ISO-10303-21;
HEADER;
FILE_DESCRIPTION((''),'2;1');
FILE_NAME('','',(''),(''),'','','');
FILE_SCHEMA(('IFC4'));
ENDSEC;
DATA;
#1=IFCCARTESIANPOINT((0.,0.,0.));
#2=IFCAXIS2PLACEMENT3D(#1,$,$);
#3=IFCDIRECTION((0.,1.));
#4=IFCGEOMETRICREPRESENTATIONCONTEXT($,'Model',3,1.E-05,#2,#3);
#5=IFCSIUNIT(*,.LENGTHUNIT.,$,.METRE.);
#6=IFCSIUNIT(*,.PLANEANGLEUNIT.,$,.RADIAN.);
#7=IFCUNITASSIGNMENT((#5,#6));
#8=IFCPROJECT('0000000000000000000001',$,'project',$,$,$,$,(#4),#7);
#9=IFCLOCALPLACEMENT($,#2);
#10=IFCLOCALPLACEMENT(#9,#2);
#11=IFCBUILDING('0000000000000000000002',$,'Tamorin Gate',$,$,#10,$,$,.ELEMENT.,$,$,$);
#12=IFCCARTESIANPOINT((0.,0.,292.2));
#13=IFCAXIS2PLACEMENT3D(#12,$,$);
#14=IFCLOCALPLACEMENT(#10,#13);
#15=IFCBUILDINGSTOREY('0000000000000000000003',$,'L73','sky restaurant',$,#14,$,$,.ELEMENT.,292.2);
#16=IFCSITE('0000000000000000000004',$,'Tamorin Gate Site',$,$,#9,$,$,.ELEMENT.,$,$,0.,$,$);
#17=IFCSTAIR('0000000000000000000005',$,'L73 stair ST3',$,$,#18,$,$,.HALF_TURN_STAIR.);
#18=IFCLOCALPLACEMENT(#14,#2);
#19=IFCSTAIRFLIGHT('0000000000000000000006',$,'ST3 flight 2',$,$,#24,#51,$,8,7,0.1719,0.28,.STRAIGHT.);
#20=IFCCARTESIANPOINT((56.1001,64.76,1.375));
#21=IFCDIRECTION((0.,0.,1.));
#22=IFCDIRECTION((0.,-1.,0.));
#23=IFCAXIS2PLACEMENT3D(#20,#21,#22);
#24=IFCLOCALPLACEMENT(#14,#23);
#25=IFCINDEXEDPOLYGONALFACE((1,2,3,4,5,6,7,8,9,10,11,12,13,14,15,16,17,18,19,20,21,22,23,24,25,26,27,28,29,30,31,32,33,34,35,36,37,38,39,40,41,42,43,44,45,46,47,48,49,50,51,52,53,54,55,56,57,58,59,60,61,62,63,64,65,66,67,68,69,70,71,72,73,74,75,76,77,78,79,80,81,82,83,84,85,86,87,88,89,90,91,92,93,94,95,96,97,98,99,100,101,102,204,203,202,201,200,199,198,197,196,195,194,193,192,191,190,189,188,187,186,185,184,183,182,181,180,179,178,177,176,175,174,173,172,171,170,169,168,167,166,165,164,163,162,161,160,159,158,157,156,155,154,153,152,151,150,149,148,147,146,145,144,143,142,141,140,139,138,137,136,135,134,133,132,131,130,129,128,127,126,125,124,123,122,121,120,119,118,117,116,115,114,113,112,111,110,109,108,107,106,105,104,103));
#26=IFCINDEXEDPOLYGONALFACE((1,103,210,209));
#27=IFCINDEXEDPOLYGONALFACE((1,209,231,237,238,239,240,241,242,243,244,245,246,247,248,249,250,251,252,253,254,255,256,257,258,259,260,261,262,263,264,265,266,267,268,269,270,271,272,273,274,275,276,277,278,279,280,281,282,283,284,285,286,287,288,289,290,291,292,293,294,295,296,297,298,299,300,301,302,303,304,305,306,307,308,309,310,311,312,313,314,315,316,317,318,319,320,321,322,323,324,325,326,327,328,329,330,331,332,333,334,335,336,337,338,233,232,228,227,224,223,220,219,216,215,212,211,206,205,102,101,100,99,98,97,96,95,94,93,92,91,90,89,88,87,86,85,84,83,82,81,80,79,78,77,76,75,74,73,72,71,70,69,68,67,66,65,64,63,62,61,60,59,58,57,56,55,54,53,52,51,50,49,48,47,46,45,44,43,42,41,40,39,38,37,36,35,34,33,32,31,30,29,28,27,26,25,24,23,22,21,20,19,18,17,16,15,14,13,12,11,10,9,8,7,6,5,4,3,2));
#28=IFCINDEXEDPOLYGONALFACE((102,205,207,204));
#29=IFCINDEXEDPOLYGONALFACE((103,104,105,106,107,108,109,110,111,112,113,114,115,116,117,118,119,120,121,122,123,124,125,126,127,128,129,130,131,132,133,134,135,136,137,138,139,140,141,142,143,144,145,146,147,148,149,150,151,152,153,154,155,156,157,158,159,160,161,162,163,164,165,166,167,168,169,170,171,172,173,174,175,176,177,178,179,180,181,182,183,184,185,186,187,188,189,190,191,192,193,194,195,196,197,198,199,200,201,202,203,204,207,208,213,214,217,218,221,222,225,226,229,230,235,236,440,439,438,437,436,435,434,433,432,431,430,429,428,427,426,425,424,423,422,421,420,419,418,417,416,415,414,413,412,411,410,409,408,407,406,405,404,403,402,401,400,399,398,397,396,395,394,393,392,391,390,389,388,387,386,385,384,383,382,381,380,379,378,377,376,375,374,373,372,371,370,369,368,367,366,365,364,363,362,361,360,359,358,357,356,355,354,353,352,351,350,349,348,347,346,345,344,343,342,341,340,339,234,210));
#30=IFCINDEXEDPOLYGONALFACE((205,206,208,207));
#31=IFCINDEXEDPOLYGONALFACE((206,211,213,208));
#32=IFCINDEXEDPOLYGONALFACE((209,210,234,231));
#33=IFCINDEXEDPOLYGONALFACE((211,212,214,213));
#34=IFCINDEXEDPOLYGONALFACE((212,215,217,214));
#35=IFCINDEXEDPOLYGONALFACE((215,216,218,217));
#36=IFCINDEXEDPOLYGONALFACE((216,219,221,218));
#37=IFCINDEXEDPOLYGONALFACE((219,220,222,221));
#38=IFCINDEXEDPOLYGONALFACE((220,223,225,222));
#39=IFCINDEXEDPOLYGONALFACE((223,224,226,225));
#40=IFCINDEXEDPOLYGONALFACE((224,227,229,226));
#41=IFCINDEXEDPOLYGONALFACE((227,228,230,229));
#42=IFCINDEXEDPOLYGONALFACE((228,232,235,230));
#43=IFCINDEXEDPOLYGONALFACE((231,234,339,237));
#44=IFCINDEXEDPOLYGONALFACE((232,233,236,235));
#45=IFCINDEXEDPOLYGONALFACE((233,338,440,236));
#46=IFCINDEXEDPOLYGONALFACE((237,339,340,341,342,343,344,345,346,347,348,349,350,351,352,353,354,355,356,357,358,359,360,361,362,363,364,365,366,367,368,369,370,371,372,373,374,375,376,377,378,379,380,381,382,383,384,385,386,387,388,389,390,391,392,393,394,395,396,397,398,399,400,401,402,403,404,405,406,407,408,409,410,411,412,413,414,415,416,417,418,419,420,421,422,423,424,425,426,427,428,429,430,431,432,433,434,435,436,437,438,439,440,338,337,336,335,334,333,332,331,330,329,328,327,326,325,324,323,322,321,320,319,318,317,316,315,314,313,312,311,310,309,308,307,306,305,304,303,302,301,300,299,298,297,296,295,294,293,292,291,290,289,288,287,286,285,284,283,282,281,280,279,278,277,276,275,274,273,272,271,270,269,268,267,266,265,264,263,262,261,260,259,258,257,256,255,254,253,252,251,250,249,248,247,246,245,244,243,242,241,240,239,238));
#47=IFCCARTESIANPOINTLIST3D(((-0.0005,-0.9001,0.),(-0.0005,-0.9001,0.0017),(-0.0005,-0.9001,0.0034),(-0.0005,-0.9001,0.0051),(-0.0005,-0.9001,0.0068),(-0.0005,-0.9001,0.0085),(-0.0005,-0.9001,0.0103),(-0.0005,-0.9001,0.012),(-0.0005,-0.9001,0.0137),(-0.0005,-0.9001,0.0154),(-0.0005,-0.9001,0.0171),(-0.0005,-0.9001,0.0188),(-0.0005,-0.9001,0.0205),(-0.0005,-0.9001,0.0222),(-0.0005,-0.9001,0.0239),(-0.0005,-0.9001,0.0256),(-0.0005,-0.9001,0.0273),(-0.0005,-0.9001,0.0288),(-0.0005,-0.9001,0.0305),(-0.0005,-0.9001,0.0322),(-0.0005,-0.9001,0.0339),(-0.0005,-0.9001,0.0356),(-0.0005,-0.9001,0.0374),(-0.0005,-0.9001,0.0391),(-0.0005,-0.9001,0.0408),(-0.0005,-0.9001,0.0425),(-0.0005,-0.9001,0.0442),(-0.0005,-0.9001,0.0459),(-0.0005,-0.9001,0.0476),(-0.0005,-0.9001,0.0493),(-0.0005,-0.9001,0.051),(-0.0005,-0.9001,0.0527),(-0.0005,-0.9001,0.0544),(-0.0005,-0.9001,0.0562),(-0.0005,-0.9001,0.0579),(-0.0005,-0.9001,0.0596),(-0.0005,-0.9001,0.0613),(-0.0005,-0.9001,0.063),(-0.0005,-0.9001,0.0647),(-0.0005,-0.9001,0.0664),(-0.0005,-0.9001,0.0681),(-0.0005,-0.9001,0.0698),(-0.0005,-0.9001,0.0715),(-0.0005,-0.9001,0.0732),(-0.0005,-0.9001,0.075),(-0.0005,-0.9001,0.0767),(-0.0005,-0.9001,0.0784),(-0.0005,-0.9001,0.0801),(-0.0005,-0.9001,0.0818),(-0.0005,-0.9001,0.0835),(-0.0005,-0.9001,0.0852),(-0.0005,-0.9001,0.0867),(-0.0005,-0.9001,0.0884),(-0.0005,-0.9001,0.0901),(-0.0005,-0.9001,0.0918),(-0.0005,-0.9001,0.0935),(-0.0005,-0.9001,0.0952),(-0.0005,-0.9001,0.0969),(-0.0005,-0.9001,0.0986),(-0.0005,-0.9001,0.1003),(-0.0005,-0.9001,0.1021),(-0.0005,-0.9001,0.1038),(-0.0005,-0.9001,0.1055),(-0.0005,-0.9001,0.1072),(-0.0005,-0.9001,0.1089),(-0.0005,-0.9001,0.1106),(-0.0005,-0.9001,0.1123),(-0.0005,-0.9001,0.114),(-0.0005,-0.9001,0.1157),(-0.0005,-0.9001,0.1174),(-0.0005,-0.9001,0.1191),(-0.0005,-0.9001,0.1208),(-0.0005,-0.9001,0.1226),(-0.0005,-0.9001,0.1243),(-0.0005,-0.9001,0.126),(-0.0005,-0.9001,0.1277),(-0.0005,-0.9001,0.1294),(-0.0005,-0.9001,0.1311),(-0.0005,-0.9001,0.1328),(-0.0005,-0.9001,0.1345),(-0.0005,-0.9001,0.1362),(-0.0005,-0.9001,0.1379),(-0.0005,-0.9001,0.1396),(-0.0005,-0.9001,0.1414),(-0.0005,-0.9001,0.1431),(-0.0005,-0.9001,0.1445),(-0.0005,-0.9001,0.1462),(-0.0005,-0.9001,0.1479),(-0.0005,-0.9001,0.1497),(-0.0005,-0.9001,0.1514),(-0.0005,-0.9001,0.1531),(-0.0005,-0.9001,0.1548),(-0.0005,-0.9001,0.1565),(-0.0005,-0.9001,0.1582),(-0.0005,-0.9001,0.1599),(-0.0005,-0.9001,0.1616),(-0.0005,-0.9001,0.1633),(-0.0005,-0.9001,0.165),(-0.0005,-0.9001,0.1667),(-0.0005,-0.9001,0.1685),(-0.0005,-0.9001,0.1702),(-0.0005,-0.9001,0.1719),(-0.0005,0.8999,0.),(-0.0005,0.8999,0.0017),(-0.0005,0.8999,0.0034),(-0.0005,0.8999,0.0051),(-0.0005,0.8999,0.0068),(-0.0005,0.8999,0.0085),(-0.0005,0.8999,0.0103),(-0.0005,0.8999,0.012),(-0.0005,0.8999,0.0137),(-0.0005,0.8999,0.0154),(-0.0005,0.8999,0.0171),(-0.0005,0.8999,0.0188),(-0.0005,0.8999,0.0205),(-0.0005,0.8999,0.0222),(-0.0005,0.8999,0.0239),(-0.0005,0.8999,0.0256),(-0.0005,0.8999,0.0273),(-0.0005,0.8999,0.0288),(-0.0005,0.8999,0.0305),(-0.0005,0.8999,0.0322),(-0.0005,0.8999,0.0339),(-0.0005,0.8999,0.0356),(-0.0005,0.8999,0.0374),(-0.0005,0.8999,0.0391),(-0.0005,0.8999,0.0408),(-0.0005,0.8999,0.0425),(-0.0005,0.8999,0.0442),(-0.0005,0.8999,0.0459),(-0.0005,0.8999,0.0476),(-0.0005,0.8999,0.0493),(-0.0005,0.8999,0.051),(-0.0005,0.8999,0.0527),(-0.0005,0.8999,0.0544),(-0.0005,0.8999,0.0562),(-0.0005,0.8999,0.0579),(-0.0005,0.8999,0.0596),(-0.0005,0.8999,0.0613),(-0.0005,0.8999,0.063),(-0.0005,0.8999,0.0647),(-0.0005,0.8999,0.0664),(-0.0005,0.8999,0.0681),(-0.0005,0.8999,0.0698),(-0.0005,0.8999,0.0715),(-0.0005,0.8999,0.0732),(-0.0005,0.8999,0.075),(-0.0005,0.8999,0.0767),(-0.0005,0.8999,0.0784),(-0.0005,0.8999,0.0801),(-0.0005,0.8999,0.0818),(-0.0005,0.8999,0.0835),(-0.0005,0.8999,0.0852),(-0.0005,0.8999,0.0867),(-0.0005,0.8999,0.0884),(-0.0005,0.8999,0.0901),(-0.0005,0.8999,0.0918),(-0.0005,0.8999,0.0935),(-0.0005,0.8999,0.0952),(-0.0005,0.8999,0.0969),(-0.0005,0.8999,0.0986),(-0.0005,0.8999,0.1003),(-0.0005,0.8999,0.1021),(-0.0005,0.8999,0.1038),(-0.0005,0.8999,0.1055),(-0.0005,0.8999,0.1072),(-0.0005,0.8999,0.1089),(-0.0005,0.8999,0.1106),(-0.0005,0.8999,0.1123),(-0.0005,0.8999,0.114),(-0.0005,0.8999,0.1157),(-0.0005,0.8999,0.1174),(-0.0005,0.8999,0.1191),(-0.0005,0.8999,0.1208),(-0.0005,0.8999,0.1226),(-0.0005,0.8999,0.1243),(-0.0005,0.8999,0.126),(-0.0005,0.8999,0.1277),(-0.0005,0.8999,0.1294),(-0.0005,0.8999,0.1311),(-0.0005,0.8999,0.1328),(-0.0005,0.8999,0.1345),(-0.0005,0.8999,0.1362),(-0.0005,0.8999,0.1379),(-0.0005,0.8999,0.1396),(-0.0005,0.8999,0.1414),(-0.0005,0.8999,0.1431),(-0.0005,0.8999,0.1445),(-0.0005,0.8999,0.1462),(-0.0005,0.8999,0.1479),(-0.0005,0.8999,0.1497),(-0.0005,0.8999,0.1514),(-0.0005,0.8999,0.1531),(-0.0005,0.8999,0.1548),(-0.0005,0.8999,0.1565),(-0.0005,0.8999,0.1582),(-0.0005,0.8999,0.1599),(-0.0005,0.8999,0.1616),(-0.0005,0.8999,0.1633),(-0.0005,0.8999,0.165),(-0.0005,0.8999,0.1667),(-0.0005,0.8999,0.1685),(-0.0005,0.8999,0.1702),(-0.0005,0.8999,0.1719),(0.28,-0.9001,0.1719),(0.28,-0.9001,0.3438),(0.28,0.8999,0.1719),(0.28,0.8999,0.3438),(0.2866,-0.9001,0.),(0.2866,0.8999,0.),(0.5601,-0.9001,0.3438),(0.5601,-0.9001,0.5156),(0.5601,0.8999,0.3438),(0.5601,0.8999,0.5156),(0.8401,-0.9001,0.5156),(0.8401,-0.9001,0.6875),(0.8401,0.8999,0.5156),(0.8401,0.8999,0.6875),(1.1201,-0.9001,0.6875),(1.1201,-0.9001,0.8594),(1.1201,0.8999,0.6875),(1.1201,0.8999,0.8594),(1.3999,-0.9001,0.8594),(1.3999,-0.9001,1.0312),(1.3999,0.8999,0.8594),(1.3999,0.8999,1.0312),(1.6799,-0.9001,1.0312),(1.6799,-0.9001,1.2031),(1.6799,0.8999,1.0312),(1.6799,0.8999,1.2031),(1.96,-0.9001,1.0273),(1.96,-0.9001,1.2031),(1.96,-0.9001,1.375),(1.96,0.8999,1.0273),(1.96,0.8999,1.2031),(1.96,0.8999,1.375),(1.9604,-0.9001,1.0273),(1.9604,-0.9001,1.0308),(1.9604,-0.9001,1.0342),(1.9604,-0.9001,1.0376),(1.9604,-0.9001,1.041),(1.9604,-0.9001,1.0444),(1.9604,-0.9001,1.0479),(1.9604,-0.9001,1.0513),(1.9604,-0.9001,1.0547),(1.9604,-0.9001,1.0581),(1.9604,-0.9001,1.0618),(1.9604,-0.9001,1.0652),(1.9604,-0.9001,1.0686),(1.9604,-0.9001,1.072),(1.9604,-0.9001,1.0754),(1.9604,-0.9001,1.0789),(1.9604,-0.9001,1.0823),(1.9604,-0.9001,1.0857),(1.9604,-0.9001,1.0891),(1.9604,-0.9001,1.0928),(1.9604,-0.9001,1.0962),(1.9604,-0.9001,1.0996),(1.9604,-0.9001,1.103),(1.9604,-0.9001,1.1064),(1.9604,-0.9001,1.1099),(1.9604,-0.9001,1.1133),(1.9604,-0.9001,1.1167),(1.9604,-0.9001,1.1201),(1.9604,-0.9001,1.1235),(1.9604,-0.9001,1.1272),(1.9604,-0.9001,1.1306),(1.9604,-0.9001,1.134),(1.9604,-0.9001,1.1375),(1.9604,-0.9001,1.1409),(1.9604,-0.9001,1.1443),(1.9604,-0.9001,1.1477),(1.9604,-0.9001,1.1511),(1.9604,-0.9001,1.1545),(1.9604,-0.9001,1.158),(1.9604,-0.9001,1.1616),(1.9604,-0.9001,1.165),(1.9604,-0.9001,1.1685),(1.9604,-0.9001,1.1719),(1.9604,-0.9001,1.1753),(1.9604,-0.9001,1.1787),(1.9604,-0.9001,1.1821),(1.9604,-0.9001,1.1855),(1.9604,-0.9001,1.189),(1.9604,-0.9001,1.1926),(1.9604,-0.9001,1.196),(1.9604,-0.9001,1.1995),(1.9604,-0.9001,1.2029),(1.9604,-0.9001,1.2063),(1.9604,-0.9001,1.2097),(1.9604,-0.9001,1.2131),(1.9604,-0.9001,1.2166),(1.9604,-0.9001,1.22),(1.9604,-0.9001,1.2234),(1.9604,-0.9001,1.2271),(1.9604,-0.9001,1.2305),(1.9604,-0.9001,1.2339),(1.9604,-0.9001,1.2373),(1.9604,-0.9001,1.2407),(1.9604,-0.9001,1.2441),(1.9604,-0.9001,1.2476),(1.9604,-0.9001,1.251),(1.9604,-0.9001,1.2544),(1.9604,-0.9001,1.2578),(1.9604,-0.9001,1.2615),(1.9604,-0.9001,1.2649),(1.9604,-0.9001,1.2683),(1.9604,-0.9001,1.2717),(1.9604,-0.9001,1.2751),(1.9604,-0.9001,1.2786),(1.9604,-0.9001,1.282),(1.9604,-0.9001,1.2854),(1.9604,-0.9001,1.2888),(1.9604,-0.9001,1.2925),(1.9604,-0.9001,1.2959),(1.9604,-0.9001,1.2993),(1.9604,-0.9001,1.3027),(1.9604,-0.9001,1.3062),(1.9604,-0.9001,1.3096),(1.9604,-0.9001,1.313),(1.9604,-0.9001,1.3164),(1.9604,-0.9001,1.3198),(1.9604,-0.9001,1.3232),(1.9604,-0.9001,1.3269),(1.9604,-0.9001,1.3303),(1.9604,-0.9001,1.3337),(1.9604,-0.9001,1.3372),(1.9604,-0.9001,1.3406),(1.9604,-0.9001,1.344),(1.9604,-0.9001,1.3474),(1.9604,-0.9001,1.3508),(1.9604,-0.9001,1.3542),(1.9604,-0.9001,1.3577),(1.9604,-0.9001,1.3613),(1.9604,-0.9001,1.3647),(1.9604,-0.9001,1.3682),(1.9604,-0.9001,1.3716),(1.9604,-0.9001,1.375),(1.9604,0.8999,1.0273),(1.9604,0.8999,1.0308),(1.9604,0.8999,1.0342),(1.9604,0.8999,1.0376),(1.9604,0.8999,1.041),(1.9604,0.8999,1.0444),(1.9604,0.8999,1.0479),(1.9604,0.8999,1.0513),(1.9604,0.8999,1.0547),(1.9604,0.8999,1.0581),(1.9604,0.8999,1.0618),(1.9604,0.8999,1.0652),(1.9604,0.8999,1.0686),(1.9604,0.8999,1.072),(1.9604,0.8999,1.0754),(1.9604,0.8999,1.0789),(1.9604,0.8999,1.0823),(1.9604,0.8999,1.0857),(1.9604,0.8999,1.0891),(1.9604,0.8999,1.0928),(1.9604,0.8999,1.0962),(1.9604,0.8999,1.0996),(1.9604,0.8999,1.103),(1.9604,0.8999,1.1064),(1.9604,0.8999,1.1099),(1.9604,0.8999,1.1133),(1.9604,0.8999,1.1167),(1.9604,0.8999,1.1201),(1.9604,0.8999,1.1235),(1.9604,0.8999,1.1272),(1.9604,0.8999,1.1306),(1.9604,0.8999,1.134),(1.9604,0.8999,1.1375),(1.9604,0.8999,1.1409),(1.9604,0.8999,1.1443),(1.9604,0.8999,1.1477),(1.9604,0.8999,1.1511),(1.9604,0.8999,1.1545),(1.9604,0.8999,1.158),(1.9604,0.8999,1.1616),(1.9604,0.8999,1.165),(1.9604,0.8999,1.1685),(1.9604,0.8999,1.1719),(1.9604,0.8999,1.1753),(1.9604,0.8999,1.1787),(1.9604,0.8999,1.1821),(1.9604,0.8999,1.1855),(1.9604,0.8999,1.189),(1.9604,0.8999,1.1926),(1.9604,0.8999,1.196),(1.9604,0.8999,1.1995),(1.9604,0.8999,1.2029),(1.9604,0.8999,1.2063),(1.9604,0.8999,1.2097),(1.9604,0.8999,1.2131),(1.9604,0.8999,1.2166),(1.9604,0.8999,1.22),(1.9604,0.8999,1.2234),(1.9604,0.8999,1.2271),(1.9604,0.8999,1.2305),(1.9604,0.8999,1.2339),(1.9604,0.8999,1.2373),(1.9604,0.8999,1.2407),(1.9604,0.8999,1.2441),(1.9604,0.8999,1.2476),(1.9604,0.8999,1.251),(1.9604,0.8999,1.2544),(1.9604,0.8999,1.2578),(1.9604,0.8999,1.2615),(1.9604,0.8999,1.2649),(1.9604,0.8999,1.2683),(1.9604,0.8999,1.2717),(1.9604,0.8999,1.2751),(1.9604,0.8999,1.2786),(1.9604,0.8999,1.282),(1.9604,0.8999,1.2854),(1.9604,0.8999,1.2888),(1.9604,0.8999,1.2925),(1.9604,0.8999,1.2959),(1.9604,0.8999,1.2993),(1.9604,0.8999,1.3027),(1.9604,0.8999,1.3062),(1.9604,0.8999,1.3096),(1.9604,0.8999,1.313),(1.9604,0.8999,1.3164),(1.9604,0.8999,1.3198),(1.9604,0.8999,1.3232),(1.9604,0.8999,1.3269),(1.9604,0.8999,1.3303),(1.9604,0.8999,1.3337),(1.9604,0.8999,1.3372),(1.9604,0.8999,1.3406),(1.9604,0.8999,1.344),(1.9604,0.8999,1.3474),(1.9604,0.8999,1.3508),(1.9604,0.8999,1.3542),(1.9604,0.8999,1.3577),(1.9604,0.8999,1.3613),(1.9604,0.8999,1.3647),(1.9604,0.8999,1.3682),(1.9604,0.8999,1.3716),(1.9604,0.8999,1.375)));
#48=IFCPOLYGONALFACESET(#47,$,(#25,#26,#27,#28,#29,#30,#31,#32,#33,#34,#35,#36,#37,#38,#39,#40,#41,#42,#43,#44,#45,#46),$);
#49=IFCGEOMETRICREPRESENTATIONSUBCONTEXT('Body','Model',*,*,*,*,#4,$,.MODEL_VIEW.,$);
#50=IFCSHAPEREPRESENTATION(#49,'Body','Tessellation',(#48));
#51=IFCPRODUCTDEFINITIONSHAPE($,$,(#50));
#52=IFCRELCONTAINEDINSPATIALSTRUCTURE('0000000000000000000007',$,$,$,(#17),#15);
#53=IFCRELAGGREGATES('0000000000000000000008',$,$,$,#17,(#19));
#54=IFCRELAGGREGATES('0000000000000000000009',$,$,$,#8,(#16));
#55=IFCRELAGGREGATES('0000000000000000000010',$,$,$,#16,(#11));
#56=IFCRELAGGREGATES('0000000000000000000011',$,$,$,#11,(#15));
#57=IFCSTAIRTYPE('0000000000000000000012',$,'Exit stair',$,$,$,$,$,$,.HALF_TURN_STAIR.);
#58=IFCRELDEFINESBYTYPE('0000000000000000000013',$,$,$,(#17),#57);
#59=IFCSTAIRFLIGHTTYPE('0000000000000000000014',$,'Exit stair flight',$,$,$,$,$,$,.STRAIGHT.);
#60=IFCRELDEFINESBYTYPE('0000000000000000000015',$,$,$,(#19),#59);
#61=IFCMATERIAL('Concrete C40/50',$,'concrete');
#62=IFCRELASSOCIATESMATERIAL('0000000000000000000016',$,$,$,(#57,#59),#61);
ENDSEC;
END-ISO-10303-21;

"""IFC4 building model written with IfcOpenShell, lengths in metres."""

from ifc_helpers import new_model, si_unit, direction, frame, origin, place, context, subcontext, project, spatial, polyline, outline, extrude, material, type_object, element, aggregate, save


model = new_model("IFC4")

# Units and contexts
model_context = context("Model", 3, precision=1e-05, world=origin(), true_north=direction((0.0, 1.0)))
body_context = subcontext(model_context, "Body", "Model", "MODEL_VIEW")
ifc_project = project(units=[si_unit("LENGTHUNIT", "METRE"), si_unit("PLANEANGLEUNIT", "RADIAN")], contexts=[model_context])

# Site, building, storey
site_placement = place(None, origin())
site = spatial("IfcSite", under=ifc_project, at=site_placement, Name="Tamorin Gate Site", CompositionType="ELEMENT", RefElevation=0.0)
building_placement = place(site_placement, origin())
building = spatial("IfcBuilding", under=site, at=building_placement, Name="Tamorin Gate", CompositionType="ELEMENT")
storey_placement = place(building_placement, frame((0.0, 0.0, 292.2)))
storey = spatial("IfcBuildingStorey", under=building, at=storey_placement, Name="L73", Description="sky restaurant", CompositionType="ELEMENT", Elevation=292.2)

# Shared definitions
ifc_material_1 = material(Name="Concrete C40/50", Category="concrete")

# Stair, stair flight
stair_type = type_object("IfcStairType", Name="Exit stair", PredefinedType="HALF_TURN_STAIR", material=ifc_material_1)
stair_placement = place(storey_placement, origin())
stair = element("IfcStair", 1, at=stair_placement, inside=storey, type_object=stair_type, Name="L73 stair ST3", PredefinedType="HALF_TURN_STAIR")
stair_flight_type = type_object("IfcStairFlightType", Name="Exit stair flight", PredefinedType="STRAIGHT", material=ifc_material_1)
stair_flight_1_placement = place(storey_placement, frame((56.1001, 64.76, 1.375), z_axis=(0.0, 0.0, 1.0), x_axis=(0.0, -1.0, 0.0)))
stair_flight_1 = element("IfcStairFlight", 2, at=stair_flight_1_placement, type_object=stair_flight_type, Name="ST3 flight 2", NumberOfRisers=8, NumberOfTreads=7, PredefinedType="STRAIGHT", RiserHeight=0.1719, TreadLength=0.28, context=body_context, shape_type="SweptSolid", body=[
    extrude(outline(polyline([(-0.0005, 0.0), (-0.0005, 0.0017), (-0.0005, 0.0034), (-0.0005, 0.0051), (-0.0005, 0.0068), (-0.0005, 0.0085), (-0.0005, 0.0103), (-0.0005, 0.012), (-0.0005, 0.0137), (-0.0005, 0.0154), (-0.0005, 0.0171), (-0.0005, 0.0188), (-0.0005, 0.0205), (-0.0005, 0.0222), (-0.0005, 0.0239), (-0.0005, 0.0256), (-0.0005, 0.0273), (-0.0005, 0.0288), (-0.0005, 0.0305), (-0.0005, 0.0322), (-0.0005, 0.0339), (-0.0005, 0.0356), (-0.0005, 0.0374), (-0.0005, 0.0391), (-0.0005, 0.0408), (-0.0005, 0.0425), (-0.0005, 0.0442), (-0.0005, 0.0459), (-0.0005, 0.0476), (-0.0005, 0.0493), (-0.0005, 0.051), (-0.0005, 0.0527), (-0.0005, 0.0544), (-0.0005, 0.0562), (-0.0005, 0.0579), (-0.0005, 0.0596), (-0.0005, 0.0613), (-0.0005, 0.063), (-0.0005, 0.0647), (-0.0005, 0.0664), (-0.0005, 0.0681), (-0.0005, 0.0698), (-0.0005, 0.0715), (-0.0005, 0.0732), (-0.0005, 0.075), (-0.0005, 0.0767), (-0.0005, 0.0784), (-0.0005, 0.0801), (-0.0005, 0.0818), (-0.0005, 0.0835), (-0.0005, 0.0852), (-0.0005, 0.0867), (-0.0005, 0.0884), (-0.0005, 0.0901), (-0.0005, 0.0918), (-0.0005, 0.0935), (-0.0005, 0.0952), (-0.0005, 0.0969), (-0.0005, 0.0986), (-0.0005, 0.1003), (-0.0005, 0.1021), (-0.0005, 0.1038), (-0.0005, 0.1055), (-0.0005, 0.1072), (-0.0005, 0.1089), (-0.0005, 0.1106), (-0.0005, 0.1123), (-0.0005, 0.114), (-0.0005, 0.1157), (-0.0005, 0.1174), (-0.0005, 0.1191), (-0.0005, 0.1208), (-0.0005, 0.1226), (-0.0005, 0.1243), (-0.0005, 0.126), (-0.0005, 0.1277), (-0.0005, 0.1294), (-0.0005, 0.1311), (-0.0005, 0.1328), (-0.0005, 0.1345), (-0.0005, 0.1362), (-0.0005, 0.1379), (-0.0005, 0.1396), (-0.0005, 0.1414), (-0.0005, 0.1431), (-0.0005, 0.1445), (-0.0005, 0.1462), (-0.0005, 0.1479), (-0.0005, 0.1497), (-0.0005, 0.1514), (-0.0005, 0.1531), (-0.0005, 0.1548), (-0.0005, 0.1565), (-0.0005, 0.1582), (-0.0005, 0.1599), (-0.0005, 0.1616), (-0.0005, 0.1633), (-0.0005, 0.165), (-0.0005, 0.1667), (-0.0005, 0.1685), (-0.0005, 0.1702), (-0.0005, 0.1719), (0.28, 0.1719), (0.28, 0.3438), (0.5601, 0.3438), (0.5601, 0.5156), (0.8401, 0.5156), (0.8401, 0.6875), (1.1201, 0.6875), (1.1201, 0.8594), (1.3999, 0.8594), (1.3999, 1.0312), (1.6799, 1.0312), (1.6799, 1.2031), (1.96, 1.2031), (1.96, 1.375), (1.9604, 1.375), (1.9604, 1.3716), (1.9604, 1.3682), (1.9604, 1.3647), (1.9604, 1.3613), (1.9604, 1.3577), (1.9604, 1.3542), (1.9604, 1.3508), (1.9604, 1.3474), (1.9604, 1.344), (1.9604, 1.3406), (1.9604, 1.3372), (1.9604, 1.3337), (1.9604, 1.3303), (1.9604, 1.3269), (1.9604, 1.3232), (1.9604, 1.3198), (1.9604, 1.3164), (1.9604, 1.313), (1.9604, 1.3096), (1.9604, 1.3062), (1.9604, 1.3027), (1.9604, 1.2993), (1.9604, 1.2959), (1.9604, 1.2925), (1.9604, 1.2888), (1.9604, 1.2854), (1.9604, 1.282), (1.9604, 1.2786), (1.9604, 1.2751), (1.9604, 1.2717), (1.9604, 1.2683), (1.9604, 1.2649), (1.9604, 1.2615), (1.9604, 1.2578), (1.9604, 1.2544), (1.9604, 1.251), (1.9604, 1.2476), (1.9604, 1.2441), (1.9604, 1.2407), (1.9604, 1.2373), (1.9604, 1.2339), (1.9604, 1.2305), (1.9604, 1.2271), (1.9604, 1.2234), (1.9604, 1.22), (1.9604, 1.2166), (1.9604, 1.2131), (1.9604, 1.2097), (1.9604, 1.2063), (1.9604, 1.2029), (1.9604, 1.1995), (1.9604, 1.196), (1.9604, 1.1926), (1.9604, 1.189), (1.9604, 1.1855), (1.9604, 1.1821), (1.9604, 1.1787), (1.9604, 1.1753), (1.9604, 1.1719), (1.9604, 1.1685), (1.9604, 1.165), (1.9604, 1.1616), (1.9604, 1.158), (1.9604, 1.1545), (1.9604, 1.1511), (1.9604, 1.1477), (1.9604, 1.1443), (1.9604, 1.1409), (1.9604, 1.1375), (1.9604, 1.134), (1.9604, 1.1306), (1.9604, 1.1272), (1.9604, 1.1235), (1.9604, 1.1201), (1.9604, 1.1167), (1.9604, 1.1133), (1.9604, 1.1099), (1.9604, 1.1064), (1.9604, 1.103), (1.9604, 1.0996), (1.9604, 1.0962), (1.9604, 1.0928), (1.9604, 1.0891), (1.9604, 1.0857), (1.9604, 1.0823), (1.9604, 1.0789), (1.9604, 1.0754), (1.9604, 1.072), (1.9604, 1.0686), (1.9604, 1.0652), (1.9604, 1.0618), (1.9604, 1.0581), (1.9604, 1.0547), (1.9604, 1.0513), (1.9604, 1.0479), (1.9604, 1.0444), (1.9604, 1.041), (1.9604, 1.0376), (1.9604, 1.0342), (1.9604, 1.0308), (1.9604, 1.0273), (1.96, 1.0273), (0.2866, 0.0), (-0.0005, 0.0)])), frame((0.0, 0.8999, 0.0), z_axis=(0.0, -1.0, 0.0), x_axis=(1.0, 0.0, 0.0)), (0.0, 0.0, 1.0), 1.8),
])
aggregate(stair, [stair_flight_1])

save(model, "model.ifc")
